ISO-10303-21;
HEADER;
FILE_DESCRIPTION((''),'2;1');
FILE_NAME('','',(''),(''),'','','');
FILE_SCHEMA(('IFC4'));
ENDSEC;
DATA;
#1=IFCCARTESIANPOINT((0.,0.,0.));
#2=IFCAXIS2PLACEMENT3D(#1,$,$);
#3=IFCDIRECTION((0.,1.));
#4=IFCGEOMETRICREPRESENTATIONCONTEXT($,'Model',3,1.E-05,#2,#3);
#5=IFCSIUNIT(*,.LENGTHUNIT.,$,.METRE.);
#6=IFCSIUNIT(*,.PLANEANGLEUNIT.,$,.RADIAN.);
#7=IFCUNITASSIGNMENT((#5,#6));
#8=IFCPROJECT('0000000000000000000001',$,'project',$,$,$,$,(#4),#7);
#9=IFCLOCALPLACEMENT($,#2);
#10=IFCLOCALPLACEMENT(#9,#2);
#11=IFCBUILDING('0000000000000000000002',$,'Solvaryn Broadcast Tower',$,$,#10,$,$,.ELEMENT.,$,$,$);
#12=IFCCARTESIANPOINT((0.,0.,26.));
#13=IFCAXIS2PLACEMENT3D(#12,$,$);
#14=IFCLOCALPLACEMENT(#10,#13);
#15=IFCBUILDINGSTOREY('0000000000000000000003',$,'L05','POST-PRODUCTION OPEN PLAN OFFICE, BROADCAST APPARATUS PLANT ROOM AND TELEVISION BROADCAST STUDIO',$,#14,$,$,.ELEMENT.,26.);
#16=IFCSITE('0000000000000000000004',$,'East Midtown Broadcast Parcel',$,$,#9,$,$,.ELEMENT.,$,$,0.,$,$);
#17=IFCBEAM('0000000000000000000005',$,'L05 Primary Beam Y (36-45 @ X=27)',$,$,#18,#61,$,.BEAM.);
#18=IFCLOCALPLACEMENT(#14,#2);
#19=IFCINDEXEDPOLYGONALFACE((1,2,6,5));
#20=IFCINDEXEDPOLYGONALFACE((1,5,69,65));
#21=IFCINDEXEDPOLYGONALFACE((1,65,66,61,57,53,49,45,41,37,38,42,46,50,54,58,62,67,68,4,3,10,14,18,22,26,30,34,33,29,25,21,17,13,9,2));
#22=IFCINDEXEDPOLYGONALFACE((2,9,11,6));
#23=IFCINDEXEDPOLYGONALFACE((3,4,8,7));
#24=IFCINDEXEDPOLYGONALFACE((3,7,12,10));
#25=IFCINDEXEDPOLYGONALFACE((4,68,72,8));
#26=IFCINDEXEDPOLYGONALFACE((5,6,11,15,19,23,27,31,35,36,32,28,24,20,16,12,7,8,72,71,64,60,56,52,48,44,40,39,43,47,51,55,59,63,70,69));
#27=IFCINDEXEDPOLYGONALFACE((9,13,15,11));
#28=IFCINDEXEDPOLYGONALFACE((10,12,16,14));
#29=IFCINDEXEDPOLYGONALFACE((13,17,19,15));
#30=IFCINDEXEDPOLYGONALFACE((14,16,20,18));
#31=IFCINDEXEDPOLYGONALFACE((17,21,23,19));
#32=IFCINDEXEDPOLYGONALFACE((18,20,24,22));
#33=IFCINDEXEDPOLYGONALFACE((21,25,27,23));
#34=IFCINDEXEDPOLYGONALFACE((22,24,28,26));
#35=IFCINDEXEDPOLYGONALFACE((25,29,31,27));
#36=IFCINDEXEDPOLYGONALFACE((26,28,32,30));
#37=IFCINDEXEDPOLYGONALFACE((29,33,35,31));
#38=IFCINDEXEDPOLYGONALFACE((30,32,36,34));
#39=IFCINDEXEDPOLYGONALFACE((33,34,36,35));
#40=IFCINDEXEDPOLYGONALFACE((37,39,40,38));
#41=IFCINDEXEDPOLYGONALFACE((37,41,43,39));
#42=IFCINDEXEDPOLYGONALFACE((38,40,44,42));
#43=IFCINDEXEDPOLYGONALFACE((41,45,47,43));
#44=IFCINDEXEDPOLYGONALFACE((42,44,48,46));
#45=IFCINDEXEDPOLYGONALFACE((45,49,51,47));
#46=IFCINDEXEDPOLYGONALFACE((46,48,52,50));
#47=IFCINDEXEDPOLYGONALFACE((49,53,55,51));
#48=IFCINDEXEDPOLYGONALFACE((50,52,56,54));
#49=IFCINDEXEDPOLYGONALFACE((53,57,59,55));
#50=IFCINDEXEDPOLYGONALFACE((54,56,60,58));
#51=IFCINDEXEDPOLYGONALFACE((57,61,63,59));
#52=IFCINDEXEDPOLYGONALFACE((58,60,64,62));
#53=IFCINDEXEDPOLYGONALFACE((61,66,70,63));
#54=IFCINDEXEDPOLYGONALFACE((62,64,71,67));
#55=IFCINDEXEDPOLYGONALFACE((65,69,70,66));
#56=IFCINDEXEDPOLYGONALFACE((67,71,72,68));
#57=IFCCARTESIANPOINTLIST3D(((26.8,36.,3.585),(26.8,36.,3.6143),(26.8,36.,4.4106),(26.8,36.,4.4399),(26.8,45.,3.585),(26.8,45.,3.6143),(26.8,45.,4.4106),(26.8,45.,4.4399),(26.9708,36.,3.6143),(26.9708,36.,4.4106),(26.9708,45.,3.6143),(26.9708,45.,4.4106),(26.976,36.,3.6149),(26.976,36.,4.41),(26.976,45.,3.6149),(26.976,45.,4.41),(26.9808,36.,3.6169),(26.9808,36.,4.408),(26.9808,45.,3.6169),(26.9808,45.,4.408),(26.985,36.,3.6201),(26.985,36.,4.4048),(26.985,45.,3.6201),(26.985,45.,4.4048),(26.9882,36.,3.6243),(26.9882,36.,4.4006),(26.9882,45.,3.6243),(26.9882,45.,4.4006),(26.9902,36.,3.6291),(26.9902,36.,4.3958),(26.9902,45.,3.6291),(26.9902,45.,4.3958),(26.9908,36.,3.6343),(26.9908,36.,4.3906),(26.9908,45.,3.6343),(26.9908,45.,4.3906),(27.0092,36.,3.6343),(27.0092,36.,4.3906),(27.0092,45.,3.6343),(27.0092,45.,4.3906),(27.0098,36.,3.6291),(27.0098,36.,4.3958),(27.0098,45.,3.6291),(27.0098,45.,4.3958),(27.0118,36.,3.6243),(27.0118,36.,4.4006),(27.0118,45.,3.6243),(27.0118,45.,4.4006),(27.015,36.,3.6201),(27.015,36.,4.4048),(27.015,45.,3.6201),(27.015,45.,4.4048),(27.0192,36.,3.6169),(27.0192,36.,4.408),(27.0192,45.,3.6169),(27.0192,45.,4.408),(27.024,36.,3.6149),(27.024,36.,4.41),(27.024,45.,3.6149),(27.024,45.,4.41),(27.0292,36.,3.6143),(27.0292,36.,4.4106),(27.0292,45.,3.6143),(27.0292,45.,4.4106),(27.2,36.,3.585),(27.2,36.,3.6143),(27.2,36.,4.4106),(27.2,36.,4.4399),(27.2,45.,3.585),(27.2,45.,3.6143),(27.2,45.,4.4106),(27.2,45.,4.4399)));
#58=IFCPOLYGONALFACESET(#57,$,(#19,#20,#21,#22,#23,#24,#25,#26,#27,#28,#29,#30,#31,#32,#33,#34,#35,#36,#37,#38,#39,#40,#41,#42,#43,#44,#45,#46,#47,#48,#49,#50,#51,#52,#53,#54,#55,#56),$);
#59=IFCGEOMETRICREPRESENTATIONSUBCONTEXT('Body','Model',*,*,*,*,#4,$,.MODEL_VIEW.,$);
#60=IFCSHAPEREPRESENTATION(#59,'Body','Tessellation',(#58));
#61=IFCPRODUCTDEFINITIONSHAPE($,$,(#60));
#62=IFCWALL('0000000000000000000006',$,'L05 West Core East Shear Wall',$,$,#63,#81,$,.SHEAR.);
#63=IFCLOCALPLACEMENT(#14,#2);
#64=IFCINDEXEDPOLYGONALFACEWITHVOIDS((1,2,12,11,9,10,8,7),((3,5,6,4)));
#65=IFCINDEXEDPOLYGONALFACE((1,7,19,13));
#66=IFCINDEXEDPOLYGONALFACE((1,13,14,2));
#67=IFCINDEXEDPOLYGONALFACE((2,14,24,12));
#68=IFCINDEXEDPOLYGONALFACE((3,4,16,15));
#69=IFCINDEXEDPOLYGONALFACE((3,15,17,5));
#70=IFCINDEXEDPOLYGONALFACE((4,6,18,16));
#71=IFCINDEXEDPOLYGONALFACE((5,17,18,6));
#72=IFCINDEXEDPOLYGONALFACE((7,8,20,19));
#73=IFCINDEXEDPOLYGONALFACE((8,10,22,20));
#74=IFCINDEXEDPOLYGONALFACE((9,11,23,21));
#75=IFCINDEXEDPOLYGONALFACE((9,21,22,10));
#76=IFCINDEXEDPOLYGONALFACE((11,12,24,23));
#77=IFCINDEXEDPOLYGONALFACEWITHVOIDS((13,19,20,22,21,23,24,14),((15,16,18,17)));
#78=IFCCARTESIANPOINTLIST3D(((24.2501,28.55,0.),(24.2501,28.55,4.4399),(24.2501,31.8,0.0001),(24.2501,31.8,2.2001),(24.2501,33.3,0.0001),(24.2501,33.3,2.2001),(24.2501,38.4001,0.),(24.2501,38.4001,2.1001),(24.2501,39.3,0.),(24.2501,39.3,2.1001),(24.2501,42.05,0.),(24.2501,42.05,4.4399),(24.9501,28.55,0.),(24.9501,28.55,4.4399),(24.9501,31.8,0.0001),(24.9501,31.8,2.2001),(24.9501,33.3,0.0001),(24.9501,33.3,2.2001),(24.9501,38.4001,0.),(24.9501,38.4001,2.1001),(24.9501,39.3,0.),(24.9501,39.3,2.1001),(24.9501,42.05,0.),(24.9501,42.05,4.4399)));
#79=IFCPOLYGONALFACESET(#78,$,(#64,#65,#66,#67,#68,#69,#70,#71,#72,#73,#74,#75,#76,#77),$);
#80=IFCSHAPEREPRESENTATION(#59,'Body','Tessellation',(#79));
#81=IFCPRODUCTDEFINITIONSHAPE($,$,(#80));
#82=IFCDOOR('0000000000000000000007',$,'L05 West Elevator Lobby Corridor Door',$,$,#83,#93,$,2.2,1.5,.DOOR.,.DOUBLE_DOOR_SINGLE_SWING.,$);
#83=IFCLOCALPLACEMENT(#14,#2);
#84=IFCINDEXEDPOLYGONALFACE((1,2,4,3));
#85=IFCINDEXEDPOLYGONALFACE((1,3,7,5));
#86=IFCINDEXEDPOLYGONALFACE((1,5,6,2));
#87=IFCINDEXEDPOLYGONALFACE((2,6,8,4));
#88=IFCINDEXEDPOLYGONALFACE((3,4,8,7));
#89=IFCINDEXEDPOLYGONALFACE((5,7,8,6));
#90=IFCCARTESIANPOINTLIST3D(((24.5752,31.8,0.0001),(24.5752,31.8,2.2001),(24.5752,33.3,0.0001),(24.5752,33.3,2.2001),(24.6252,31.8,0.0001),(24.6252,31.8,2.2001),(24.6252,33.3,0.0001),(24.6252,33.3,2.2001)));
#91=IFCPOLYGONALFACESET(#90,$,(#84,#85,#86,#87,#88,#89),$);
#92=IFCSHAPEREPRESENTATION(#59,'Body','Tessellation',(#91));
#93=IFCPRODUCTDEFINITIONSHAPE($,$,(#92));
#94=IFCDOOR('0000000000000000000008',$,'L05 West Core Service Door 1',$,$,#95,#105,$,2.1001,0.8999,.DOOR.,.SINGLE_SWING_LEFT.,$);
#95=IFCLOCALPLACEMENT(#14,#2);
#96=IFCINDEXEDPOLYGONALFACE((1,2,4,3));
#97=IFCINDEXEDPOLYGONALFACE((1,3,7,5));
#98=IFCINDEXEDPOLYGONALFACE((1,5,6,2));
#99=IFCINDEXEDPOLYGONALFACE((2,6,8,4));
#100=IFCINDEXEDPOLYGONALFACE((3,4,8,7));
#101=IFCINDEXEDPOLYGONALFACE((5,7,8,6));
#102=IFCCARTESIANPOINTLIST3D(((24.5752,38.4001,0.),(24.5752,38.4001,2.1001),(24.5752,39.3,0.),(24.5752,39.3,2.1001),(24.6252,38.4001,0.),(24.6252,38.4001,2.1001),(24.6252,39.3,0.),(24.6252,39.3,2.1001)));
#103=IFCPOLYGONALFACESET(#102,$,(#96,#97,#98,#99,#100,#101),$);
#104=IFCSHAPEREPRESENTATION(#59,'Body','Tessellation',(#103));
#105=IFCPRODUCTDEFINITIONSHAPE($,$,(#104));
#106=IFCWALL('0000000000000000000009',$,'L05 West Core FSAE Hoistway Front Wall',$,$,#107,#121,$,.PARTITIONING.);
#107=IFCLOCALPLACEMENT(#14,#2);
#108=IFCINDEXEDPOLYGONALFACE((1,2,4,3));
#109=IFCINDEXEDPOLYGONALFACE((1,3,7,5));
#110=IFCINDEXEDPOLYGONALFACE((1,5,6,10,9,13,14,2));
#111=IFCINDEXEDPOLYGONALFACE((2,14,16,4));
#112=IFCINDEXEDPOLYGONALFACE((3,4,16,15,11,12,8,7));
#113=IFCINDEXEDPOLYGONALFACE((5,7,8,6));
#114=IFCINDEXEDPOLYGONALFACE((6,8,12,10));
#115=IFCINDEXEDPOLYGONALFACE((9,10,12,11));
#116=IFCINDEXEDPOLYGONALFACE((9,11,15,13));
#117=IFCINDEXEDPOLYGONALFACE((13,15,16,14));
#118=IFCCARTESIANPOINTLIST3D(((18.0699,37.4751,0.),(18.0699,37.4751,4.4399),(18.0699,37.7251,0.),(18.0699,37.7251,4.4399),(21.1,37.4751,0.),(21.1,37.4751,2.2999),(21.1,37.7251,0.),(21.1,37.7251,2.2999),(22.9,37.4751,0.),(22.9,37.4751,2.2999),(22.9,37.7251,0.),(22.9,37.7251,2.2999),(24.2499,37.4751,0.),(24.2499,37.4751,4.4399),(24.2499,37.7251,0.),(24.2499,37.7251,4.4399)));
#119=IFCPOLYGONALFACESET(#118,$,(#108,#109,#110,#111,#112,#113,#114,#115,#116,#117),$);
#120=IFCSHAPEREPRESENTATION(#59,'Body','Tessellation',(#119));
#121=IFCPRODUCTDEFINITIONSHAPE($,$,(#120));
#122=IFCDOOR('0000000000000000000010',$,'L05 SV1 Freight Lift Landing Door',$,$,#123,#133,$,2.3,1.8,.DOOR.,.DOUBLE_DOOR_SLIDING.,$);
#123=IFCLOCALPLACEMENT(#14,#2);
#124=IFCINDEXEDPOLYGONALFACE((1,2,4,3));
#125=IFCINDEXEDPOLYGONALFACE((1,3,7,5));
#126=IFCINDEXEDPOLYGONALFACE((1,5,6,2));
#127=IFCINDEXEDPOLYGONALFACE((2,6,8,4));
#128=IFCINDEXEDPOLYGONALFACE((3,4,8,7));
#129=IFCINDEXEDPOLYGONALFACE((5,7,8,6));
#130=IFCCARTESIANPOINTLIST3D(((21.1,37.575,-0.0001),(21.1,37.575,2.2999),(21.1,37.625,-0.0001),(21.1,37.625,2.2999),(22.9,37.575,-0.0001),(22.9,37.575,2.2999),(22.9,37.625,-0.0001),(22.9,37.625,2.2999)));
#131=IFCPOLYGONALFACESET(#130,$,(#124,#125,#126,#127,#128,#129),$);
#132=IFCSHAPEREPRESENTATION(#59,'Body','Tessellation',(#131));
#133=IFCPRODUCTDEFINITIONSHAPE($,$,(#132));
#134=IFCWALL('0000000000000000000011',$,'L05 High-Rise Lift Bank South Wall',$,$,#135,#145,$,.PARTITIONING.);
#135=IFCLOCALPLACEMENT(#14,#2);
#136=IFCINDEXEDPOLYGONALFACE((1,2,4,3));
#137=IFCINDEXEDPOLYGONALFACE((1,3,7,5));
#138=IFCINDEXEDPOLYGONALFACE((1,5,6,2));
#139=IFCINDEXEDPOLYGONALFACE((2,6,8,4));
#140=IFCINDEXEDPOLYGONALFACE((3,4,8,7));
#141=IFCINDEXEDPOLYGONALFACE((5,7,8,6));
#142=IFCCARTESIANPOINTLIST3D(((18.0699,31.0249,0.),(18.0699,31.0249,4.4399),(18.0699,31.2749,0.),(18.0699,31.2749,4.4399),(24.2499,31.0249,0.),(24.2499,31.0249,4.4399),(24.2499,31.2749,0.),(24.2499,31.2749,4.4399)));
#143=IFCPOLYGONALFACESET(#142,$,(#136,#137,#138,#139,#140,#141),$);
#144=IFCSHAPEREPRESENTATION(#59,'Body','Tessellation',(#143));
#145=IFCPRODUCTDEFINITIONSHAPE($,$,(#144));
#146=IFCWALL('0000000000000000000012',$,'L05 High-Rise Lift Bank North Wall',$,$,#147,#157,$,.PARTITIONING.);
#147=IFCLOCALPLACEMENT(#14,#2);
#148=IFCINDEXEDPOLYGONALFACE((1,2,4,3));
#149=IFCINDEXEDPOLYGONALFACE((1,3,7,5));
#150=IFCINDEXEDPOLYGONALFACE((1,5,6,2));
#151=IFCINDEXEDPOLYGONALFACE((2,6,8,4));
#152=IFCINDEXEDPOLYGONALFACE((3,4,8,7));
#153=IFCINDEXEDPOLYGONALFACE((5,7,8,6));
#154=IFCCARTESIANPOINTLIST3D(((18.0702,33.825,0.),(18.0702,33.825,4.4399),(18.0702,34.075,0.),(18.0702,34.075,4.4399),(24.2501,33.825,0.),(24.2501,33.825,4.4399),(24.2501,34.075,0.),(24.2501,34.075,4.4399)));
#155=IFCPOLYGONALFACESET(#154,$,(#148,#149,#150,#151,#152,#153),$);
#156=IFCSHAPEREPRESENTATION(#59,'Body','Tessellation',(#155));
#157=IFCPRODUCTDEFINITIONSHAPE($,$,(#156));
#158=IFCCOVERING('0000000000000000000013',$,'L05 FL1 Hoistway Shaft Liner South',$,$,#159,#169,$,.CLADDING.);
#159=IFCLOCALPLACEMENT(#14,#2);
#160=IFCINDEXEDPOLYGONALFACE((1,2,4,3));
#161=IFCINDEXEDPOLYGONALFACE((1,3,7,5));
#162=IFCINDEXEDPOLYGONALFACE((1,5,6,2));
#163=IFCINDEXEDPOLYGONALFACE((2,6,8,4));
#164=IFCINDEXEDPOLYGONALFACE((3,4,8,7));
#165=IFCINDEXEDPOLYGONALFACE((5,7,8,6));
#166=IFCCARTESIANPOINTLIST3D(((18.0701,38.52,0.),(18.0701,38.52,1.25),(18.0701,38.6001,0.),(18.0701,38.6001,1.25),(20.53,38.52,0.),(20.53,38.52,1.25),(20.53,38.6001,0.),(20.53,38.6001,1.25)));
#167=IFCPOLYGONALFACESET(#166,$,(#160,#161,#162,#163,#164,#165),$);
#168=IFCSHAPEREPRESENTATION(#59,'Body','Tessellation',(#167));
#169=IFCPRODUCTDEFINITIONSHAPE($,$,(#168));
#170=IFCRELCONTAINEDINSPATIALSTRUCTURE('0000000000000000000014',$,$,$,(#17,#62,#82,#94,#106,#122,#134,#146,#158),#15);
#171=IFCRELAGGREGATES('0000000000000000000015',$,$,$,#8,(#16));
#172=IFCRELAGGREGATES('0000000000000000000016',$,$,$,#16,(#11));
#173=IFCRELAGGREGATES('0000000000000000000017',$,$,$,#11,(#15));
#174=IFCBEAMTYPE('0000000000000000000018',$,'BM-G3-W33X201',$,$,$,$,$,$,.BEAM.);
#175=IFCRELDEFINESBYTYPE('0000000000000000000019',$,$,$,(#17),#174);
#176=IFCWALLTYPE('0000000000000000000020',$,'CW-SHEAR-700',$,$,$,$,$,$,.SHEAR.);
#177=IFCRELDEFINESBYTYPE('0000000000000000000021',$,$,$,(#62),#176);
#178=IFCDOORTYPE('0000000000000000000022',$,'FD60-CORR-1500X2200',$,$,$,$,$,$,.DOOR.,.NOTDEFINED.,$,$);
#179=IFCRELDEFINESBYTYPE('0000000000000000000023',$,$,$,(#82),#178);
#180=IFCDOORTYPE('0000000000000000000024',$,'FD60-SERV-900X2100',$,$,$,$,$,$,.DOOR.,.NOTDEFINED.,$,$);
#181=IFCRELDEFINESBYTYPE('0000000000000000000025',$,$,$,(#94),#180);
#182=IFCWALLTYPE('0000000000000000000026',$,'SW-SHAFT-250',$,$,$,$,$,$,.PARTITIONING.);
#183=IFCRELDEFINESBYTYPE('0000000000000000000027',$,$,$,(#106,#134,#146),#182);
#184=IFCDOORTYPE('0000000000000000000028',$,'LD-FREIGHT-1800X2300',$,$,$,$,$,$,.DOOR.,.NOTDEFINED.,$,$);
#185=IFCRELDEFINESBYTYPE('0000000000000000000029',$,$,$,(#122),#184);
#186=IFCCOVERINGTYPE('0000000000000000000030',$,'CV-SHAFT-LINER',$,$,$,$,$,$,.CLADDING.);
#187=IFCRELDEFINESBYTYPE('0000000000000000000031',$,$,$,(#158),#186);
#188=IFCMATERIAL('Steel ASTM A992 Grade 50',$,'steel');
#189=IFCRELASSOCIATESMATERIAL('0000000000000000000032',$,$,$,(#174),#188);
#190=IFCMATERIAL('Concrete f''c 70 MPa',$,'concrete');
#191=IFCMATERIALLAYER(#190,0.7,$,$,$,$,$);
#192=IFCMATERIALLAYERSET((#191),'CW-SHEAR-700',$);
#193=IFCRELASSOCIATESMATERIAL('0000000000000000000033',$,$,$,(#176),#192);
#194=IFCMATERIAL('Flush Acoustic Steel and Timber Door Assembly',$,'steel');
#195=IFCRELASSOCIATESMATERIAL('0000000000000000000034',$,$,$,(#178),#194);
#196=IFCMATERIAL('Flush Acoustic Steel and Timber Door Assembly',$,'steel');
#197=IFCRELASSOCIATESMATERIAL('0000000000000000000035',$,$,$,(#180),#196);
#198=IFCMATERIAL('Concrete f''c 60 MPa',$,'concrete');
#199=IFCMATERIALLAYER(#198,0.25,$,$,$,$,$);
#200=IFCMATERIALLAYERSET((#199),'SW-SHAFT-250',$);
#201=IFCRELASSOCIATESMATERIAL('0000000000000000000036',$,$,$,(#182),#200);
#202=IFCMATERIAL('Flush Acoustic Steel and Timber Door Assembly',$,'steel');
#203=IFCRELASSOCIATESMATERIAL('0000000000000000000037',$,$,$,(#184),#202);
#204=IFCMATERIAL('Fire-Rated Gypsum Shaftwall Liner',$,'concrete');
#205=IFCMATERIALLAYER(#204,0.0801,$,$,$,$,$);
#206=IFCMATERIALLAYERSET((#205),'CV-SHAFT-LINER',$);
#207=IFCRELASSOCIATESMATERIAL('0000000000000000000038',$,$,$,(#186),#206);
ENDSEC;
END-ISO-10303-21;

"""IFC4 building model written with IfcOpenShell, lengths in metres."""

from ifc_helpers import new_model, si_unit, direction, frame, frame_2d, origin, origin_2d, place, context, subcontext, project, spatial, rectangle, i_section, extrude, material, layer, layer_set, material_profile, profile_set, type_object, element, fill, save


model = new_model("IFC4")

# Units and contexts
model_context = context("Model", 3, precision=1e-05, world=origin(), true_north=direction((0.0, 1.0)))
body_context = subcontext(model_context, "Body", "Model", "MODEL_VIEW")
ifc_project = project(units=[si_unit("LENGTHUNIT", "METRE"), si_unit("PLANEANGLEUNIT", "RADIAN")], contexts=[model_context])

# Site, building, storey
site_placement = place(None, origin())
site = spatial("IfcSite", under=ifc_project, at=site_placement, Name="East Midtown Broadcast Parcel", CompositionType="ELEMENT", RefElevation=0.0)
building_placement = place(site_placement, origin())
building = spatial("IfcBuilding", under=site, at=building_placement, Name="Solvaryn Broadcast Tower", CompositionType="ELEMENT")
storey_placement = place(building_placement, frame((0.0, 0.0, 26.0)))
storey = spatial("IfcBuildingStorey", under=building, at=storey_placement, Name="L05", Description="POST-PRODUCTION OPEN PLAN OFFICE, BROADCAST APPARATUS PLANT ROOM AND TELEVISION BROADCAST STUDIO", CompositionType="ELEMENT", Elevation=26.0)

# Beam
ifc_material_1 = material(Name="Steel ASTM A992 Grade 50", Category="steel")
ifc_material_profile_1 = material_profile(ifc_material_1, i_section(OverallWidth=0.3999, OverallDepth=0.855, WebThickness=0.0183, FlangeThickness=0.0293, FilletRadius=0.02, at=origin_2d()))
ifc_profile_set_1 = profile_set([ifc_material_profile_1], Name="Steel ASTM A992 Grade 50")
beam_type_1 = type_object("IfcBeamType", Name="BM-G3-W33X201", PredefinedType="BEAM", material=ifc_profile_set_1)
beam_1_placement = place(storey_placement, frame((27.0, 36.0, 4.0125), z_axis=(0.0, 1.0, 0.0), x_axis=(-1.0, 0.0, 0.0)))
element("IfcBeam", 1, at=beam_1_placement, inside=storey, type_object=beam_type_1, Name="L05 Primary Beam Y (36-45 @ X=27)", PredefinedType="BEAM", context=body_context, shape_type="SweptSolid", body=[
    extrude(i_section(OverallWidth=0.3999, OverallDepth=0.855, WebThickness=0.0183, FlangeThickness=0.0293, FilletRadius=0.02, at=origin_2d()), origin(), (0.0, 0.0, 1.0), 9.0),
])

# Wall, openings, doors
ifc_material_2 = material(Name="Concrete f'c 70 MPa", Category="concrete")
ifc_layer_1 = layer(ifc_material_2, 0.7)
ifc_layer_set_1 = layer_set([ifc_layer_1], Name="CW-SHEAR-700")
wall_type_1 = type_object("IfcWallType", Name="CW-SHEAR-700", PredefinedType="SHEAR", material=ifc_layer_set_1)
wall_1_placement = place(storey_placement, frame((24.6001, 28.55, 0.0), z_axis=(0.0, 0.0, 1.0), x_axis=(0.0, 1.0, 0.0)))
wall_1 = element("IfcWall", 2, at=wall_1_placement, inside=storey, type_object=wall_type_1, Name="L05 West Core East Shear Wall", PredefinedType="SHEAR", context=body_context, shape_type="SweptSolid", body=[
    extrude(rectangle(XDim=13.5, YDim=0.7, at=frame_2d((6.75, 0.0))), origin(), (0.0, 0.0, 1.0), 4.4399),
])
opening_1_placement = place(wall_1_placement, frame((3.25, 0.0, 0.0)))
opening_1 = element("IfcOpeningElement", 3, at=opening_1_placement, cuts=wall_1, PredefinedType="OPENING", context=body_context, shape_type="SweptSolid", body=[
    extrude(rectangle(XDim=1.5, YDim=2.2, at=frame_2d((0.75, 1.1001))), frame((0.0, 0.3601, 0.0), z_axis=(0.0, -1.0, 0.0), x_axis=(1.0, 0.0, 0.0)), (0.0, 0.0, 1.0), 0.72),
])
opening_2_placement = place(wall_1_placement, frame((9.8501, 0.0, 0.0)))
opening_2 = element("IfcOpeningElement", 4, at=opening_2_placement, cuts=wall_1, PredefinedType="OPENING", context=body_context, shape_type="SweptSolid", body=[
    extrude(rectangle(XDim=0.8999, YDim=2.1001, at=frame_2d((0.45, 1.05))), frame((0.0, 0.3601, 0.0), z_axis=(0.0, -1.0, 0.0), x_axis=(1.0, 0.0, 0.0)), (0.0, 0.0, 1.0), 0.72),
])
ifc_material_3 = material(Name="Flush Acoustic Steel and Timber Door Assembly", Category="steel")
door_type_1 = type_object("IfcDoorType", Name="FD60-CORR-1500X2200", OperationType="NOTDEFINED", PredefinedType="DOOR", material=ifc_material_3)
door_1_placement = place(opening_1_placement, origin())
door_1 = element("IfcDoor", 5, at=door_1_placement, inside=storey, type_object=door_type_1, Name="L05 West Elevator Lobby Corridor Door", OperationType="DOUBLE_DOOR_SINGLE_SWING", OverallHeight=2.2, OverallWidth=1.5, PredefinedType="DOOR", context=body_context, shape_type="SweptSolid", body=[
    extrude(rectangle(XDim=1.5, YDim=2.2, at=frame_2d((0.75, 1.1001))), frame((0.0, 0.0249, 0.0), z_axis=(0.0, -1.0, 0.0), x_axis=(1.0, 0.0, 0.0)), (0.0, 0.0, 1.0), 0.05),
])
fill(opening_1, door_1)
ifc_material_4 = material(Name="Flush Acoustic Steel and Timber Door Assembly", Category="steel")
door_type_2 = type_object("IfcDoorType", Name="FD60-SERV-900X2100", OperationType="NOTDEFINED", PredefinedType="DOOR", material=ifc_material_4)
door_2_placement = place(opening_2_placement, origin())
door_2 = element("IfcDoor", 6, at=door_2_placement, inside=storey, type_object=door_type_2, Name="L05 West Core Service Door 1", OperationType="SINGLE_SWING_LEFT", OverallHeight=2.1001, OverallWidth=0.8999, PredefinedType="DOOR", context=body_context, shape_type="SweptSolid", body=[
    extrude(rectangle(XDim=0.8999, YDim=2.1001, at=frame_2d((0.45, 1.05))), frame((0.0, 0.0249, 0.0), z_axis=(0.0, -1.0, 0.0), x_axis=(1.0, 0.0, 0.0)), (0.0, 0.0, 1.0), 0.05),
])
fill(opening_2, door_2)

# Wall, opening, door
ifc_material_5 = material(Name="Concrete f'c 60 MPa", Category="concrete")
ifc_layer_2 = layer(ifc_material_5, 0.25)
ifc_layer_set_2 = layer_set([ifc_layer_2], Name="SW-SHAFT-250")
wall_type_2 = type_object("IfcWallType", Name="SW-SHAFT-250", PredefinedType="PARTITIONING", material=ifc_layer_set_2)
wall_2_placement = place(storey_placement, frame((18.0701, 37.6001, 0.0), z_axis=(0.0, 0.0, 1.0), x_axis=(1.0, 0.0, 0.0)))
wall_2 = element("IfcWall", 7, at=wall_2_placement, inside=storey, type_object=wall_type_2, Name="L05 West Core FSAE Hoistway Front Wall", PredefinedType="PARTITIONING", context=body_context, shape_type="SweptSolid", body=[
    extrude(rectangle(XDim=6.1799, YDim=0.25, at=frame_2d((3.0898, 0.0))), origin(), (0.0, 0.0, 1.0), 4.4399),
])
opening_3_placement = place(wall_2_placement, frame((3.03, 0.0, 0.0)))
opening_3 = element("IfcOpeningElement", 8, at=opening_3_placement, cuts=wall_2, PredefinedType="OPENING", context=body_context, shape_type="SweptSolid", body=[
    extrude(rectangle(XDim=1.8, YDim=2.3, at=frame_2d((0.8999, 1.1499))), frame((0.0, 0.135, 0.0), z_axis=(0.0, -1.0, 0.0), x_axis=(1.0, 0.0, 0.0)), (0.0, 0.0, 1.0), 0.27),
])
ifc_material_6 = material(Name="Flush Acoustic Steel and Timber Door Assembly", Category="steel")
door_type_3 = type_object("IfcDoorType", Name="LD-FREIGHT-1800X2300", OperationType="NOTDEFINED", PredefinedType="DOOR", material=ifc_material_6)
door_3_placement = place(opening_3_placement, origin())
door_3 = element("IfcDoor", 9, at=door_3_placement, inside=storey, type_object=door_type_3, Name="L05 SV1 Freight Lift Landing Door", OperationType="DOUBLE_DOOR_SLIDING", OverallHeight=2.3, OverallWidth=1.8, PredefinedType="DOOR", context=body_context, shape_type="SweptSolid", body=[
    extrude(rectangle(XDim=1.8, YDim=2.3, at=frame_2d((0.8999, 1.1499))), frame((0.0, 0.0249, 0.0), z_axis=(0.0, -1.0, 0.0), x_axis=(1.0, 0.0, 0.0)), (0.0, 0.0, 1.0), 0.05),
])
fill(opening_3, door_3)

# Walls
for number, where, z_axis, x_axis, name in (
    (10, (18.0701, 31.1499, 0.0), (0.0, 0.0, 1.0), (1.0, 0.0, 0.0), "L05 High-Rise Lift Bank South Wall"),
    (11, (24.25, 33.95, 0.0), (0.0, 0.0, 1.0), (-1.0, 0.0, 0.0), "L05 High-Rise Lift Bank North Wall"),
):
    element("IfcWall", number, at=place(storey_placement, frame(where, z_axis=z_axis, x_axis=x_axis)), inside=storey, type_object=wall_type_2, Name=name, PredefinedType="PARTITIONING", context=body_context, shape_type="SweptSolid", body=[
        extrude(rectangle(XDim=6.1799, YDim=0.25, at=frame_2d((3.0898, 0.0))), origin(), (0.0, 0.0, 1.0), 4.4399),
    ])

# Covering
ifc_material_7 = material(Name="Fire-Rated Gypsum Shaftwall Liner", Category="concrete")
ifc_layer_3 = layer(ifc_material_7, 0.0801)
ifc_layer_set_3 = layer_set([ifc_layer_3], Name="CV-SHAFT-LINER")
covering_type = type_object("IfcCoveringType", Name="CV-SHAFT-LINER", PredefinedType="CLADDING", material=ifc_layer_set_3)
covering_1_placement = place(storey_placement, frame((19.3, 38.5601, 0.0), z_axis=(0.0, 0.0, 1.0), x_axis=(1.0, 0.0, 0.0)))
element("IfcCovering", 12, at=covering_1_placement, inside=storey, type_object=covering_type, Name="L05 FL1 Hoistway Shaft Liner South", PredefinedType="CLADDING", context=body_context, shape_type="SweptSolid", body=[
    extrude(rectangle(XDim=2.46, YDim=0.0801, at=origin_2d()), origin(), (0.0, 0.0, 1.0), 1.25),
])

save(model, "model.ifc")
